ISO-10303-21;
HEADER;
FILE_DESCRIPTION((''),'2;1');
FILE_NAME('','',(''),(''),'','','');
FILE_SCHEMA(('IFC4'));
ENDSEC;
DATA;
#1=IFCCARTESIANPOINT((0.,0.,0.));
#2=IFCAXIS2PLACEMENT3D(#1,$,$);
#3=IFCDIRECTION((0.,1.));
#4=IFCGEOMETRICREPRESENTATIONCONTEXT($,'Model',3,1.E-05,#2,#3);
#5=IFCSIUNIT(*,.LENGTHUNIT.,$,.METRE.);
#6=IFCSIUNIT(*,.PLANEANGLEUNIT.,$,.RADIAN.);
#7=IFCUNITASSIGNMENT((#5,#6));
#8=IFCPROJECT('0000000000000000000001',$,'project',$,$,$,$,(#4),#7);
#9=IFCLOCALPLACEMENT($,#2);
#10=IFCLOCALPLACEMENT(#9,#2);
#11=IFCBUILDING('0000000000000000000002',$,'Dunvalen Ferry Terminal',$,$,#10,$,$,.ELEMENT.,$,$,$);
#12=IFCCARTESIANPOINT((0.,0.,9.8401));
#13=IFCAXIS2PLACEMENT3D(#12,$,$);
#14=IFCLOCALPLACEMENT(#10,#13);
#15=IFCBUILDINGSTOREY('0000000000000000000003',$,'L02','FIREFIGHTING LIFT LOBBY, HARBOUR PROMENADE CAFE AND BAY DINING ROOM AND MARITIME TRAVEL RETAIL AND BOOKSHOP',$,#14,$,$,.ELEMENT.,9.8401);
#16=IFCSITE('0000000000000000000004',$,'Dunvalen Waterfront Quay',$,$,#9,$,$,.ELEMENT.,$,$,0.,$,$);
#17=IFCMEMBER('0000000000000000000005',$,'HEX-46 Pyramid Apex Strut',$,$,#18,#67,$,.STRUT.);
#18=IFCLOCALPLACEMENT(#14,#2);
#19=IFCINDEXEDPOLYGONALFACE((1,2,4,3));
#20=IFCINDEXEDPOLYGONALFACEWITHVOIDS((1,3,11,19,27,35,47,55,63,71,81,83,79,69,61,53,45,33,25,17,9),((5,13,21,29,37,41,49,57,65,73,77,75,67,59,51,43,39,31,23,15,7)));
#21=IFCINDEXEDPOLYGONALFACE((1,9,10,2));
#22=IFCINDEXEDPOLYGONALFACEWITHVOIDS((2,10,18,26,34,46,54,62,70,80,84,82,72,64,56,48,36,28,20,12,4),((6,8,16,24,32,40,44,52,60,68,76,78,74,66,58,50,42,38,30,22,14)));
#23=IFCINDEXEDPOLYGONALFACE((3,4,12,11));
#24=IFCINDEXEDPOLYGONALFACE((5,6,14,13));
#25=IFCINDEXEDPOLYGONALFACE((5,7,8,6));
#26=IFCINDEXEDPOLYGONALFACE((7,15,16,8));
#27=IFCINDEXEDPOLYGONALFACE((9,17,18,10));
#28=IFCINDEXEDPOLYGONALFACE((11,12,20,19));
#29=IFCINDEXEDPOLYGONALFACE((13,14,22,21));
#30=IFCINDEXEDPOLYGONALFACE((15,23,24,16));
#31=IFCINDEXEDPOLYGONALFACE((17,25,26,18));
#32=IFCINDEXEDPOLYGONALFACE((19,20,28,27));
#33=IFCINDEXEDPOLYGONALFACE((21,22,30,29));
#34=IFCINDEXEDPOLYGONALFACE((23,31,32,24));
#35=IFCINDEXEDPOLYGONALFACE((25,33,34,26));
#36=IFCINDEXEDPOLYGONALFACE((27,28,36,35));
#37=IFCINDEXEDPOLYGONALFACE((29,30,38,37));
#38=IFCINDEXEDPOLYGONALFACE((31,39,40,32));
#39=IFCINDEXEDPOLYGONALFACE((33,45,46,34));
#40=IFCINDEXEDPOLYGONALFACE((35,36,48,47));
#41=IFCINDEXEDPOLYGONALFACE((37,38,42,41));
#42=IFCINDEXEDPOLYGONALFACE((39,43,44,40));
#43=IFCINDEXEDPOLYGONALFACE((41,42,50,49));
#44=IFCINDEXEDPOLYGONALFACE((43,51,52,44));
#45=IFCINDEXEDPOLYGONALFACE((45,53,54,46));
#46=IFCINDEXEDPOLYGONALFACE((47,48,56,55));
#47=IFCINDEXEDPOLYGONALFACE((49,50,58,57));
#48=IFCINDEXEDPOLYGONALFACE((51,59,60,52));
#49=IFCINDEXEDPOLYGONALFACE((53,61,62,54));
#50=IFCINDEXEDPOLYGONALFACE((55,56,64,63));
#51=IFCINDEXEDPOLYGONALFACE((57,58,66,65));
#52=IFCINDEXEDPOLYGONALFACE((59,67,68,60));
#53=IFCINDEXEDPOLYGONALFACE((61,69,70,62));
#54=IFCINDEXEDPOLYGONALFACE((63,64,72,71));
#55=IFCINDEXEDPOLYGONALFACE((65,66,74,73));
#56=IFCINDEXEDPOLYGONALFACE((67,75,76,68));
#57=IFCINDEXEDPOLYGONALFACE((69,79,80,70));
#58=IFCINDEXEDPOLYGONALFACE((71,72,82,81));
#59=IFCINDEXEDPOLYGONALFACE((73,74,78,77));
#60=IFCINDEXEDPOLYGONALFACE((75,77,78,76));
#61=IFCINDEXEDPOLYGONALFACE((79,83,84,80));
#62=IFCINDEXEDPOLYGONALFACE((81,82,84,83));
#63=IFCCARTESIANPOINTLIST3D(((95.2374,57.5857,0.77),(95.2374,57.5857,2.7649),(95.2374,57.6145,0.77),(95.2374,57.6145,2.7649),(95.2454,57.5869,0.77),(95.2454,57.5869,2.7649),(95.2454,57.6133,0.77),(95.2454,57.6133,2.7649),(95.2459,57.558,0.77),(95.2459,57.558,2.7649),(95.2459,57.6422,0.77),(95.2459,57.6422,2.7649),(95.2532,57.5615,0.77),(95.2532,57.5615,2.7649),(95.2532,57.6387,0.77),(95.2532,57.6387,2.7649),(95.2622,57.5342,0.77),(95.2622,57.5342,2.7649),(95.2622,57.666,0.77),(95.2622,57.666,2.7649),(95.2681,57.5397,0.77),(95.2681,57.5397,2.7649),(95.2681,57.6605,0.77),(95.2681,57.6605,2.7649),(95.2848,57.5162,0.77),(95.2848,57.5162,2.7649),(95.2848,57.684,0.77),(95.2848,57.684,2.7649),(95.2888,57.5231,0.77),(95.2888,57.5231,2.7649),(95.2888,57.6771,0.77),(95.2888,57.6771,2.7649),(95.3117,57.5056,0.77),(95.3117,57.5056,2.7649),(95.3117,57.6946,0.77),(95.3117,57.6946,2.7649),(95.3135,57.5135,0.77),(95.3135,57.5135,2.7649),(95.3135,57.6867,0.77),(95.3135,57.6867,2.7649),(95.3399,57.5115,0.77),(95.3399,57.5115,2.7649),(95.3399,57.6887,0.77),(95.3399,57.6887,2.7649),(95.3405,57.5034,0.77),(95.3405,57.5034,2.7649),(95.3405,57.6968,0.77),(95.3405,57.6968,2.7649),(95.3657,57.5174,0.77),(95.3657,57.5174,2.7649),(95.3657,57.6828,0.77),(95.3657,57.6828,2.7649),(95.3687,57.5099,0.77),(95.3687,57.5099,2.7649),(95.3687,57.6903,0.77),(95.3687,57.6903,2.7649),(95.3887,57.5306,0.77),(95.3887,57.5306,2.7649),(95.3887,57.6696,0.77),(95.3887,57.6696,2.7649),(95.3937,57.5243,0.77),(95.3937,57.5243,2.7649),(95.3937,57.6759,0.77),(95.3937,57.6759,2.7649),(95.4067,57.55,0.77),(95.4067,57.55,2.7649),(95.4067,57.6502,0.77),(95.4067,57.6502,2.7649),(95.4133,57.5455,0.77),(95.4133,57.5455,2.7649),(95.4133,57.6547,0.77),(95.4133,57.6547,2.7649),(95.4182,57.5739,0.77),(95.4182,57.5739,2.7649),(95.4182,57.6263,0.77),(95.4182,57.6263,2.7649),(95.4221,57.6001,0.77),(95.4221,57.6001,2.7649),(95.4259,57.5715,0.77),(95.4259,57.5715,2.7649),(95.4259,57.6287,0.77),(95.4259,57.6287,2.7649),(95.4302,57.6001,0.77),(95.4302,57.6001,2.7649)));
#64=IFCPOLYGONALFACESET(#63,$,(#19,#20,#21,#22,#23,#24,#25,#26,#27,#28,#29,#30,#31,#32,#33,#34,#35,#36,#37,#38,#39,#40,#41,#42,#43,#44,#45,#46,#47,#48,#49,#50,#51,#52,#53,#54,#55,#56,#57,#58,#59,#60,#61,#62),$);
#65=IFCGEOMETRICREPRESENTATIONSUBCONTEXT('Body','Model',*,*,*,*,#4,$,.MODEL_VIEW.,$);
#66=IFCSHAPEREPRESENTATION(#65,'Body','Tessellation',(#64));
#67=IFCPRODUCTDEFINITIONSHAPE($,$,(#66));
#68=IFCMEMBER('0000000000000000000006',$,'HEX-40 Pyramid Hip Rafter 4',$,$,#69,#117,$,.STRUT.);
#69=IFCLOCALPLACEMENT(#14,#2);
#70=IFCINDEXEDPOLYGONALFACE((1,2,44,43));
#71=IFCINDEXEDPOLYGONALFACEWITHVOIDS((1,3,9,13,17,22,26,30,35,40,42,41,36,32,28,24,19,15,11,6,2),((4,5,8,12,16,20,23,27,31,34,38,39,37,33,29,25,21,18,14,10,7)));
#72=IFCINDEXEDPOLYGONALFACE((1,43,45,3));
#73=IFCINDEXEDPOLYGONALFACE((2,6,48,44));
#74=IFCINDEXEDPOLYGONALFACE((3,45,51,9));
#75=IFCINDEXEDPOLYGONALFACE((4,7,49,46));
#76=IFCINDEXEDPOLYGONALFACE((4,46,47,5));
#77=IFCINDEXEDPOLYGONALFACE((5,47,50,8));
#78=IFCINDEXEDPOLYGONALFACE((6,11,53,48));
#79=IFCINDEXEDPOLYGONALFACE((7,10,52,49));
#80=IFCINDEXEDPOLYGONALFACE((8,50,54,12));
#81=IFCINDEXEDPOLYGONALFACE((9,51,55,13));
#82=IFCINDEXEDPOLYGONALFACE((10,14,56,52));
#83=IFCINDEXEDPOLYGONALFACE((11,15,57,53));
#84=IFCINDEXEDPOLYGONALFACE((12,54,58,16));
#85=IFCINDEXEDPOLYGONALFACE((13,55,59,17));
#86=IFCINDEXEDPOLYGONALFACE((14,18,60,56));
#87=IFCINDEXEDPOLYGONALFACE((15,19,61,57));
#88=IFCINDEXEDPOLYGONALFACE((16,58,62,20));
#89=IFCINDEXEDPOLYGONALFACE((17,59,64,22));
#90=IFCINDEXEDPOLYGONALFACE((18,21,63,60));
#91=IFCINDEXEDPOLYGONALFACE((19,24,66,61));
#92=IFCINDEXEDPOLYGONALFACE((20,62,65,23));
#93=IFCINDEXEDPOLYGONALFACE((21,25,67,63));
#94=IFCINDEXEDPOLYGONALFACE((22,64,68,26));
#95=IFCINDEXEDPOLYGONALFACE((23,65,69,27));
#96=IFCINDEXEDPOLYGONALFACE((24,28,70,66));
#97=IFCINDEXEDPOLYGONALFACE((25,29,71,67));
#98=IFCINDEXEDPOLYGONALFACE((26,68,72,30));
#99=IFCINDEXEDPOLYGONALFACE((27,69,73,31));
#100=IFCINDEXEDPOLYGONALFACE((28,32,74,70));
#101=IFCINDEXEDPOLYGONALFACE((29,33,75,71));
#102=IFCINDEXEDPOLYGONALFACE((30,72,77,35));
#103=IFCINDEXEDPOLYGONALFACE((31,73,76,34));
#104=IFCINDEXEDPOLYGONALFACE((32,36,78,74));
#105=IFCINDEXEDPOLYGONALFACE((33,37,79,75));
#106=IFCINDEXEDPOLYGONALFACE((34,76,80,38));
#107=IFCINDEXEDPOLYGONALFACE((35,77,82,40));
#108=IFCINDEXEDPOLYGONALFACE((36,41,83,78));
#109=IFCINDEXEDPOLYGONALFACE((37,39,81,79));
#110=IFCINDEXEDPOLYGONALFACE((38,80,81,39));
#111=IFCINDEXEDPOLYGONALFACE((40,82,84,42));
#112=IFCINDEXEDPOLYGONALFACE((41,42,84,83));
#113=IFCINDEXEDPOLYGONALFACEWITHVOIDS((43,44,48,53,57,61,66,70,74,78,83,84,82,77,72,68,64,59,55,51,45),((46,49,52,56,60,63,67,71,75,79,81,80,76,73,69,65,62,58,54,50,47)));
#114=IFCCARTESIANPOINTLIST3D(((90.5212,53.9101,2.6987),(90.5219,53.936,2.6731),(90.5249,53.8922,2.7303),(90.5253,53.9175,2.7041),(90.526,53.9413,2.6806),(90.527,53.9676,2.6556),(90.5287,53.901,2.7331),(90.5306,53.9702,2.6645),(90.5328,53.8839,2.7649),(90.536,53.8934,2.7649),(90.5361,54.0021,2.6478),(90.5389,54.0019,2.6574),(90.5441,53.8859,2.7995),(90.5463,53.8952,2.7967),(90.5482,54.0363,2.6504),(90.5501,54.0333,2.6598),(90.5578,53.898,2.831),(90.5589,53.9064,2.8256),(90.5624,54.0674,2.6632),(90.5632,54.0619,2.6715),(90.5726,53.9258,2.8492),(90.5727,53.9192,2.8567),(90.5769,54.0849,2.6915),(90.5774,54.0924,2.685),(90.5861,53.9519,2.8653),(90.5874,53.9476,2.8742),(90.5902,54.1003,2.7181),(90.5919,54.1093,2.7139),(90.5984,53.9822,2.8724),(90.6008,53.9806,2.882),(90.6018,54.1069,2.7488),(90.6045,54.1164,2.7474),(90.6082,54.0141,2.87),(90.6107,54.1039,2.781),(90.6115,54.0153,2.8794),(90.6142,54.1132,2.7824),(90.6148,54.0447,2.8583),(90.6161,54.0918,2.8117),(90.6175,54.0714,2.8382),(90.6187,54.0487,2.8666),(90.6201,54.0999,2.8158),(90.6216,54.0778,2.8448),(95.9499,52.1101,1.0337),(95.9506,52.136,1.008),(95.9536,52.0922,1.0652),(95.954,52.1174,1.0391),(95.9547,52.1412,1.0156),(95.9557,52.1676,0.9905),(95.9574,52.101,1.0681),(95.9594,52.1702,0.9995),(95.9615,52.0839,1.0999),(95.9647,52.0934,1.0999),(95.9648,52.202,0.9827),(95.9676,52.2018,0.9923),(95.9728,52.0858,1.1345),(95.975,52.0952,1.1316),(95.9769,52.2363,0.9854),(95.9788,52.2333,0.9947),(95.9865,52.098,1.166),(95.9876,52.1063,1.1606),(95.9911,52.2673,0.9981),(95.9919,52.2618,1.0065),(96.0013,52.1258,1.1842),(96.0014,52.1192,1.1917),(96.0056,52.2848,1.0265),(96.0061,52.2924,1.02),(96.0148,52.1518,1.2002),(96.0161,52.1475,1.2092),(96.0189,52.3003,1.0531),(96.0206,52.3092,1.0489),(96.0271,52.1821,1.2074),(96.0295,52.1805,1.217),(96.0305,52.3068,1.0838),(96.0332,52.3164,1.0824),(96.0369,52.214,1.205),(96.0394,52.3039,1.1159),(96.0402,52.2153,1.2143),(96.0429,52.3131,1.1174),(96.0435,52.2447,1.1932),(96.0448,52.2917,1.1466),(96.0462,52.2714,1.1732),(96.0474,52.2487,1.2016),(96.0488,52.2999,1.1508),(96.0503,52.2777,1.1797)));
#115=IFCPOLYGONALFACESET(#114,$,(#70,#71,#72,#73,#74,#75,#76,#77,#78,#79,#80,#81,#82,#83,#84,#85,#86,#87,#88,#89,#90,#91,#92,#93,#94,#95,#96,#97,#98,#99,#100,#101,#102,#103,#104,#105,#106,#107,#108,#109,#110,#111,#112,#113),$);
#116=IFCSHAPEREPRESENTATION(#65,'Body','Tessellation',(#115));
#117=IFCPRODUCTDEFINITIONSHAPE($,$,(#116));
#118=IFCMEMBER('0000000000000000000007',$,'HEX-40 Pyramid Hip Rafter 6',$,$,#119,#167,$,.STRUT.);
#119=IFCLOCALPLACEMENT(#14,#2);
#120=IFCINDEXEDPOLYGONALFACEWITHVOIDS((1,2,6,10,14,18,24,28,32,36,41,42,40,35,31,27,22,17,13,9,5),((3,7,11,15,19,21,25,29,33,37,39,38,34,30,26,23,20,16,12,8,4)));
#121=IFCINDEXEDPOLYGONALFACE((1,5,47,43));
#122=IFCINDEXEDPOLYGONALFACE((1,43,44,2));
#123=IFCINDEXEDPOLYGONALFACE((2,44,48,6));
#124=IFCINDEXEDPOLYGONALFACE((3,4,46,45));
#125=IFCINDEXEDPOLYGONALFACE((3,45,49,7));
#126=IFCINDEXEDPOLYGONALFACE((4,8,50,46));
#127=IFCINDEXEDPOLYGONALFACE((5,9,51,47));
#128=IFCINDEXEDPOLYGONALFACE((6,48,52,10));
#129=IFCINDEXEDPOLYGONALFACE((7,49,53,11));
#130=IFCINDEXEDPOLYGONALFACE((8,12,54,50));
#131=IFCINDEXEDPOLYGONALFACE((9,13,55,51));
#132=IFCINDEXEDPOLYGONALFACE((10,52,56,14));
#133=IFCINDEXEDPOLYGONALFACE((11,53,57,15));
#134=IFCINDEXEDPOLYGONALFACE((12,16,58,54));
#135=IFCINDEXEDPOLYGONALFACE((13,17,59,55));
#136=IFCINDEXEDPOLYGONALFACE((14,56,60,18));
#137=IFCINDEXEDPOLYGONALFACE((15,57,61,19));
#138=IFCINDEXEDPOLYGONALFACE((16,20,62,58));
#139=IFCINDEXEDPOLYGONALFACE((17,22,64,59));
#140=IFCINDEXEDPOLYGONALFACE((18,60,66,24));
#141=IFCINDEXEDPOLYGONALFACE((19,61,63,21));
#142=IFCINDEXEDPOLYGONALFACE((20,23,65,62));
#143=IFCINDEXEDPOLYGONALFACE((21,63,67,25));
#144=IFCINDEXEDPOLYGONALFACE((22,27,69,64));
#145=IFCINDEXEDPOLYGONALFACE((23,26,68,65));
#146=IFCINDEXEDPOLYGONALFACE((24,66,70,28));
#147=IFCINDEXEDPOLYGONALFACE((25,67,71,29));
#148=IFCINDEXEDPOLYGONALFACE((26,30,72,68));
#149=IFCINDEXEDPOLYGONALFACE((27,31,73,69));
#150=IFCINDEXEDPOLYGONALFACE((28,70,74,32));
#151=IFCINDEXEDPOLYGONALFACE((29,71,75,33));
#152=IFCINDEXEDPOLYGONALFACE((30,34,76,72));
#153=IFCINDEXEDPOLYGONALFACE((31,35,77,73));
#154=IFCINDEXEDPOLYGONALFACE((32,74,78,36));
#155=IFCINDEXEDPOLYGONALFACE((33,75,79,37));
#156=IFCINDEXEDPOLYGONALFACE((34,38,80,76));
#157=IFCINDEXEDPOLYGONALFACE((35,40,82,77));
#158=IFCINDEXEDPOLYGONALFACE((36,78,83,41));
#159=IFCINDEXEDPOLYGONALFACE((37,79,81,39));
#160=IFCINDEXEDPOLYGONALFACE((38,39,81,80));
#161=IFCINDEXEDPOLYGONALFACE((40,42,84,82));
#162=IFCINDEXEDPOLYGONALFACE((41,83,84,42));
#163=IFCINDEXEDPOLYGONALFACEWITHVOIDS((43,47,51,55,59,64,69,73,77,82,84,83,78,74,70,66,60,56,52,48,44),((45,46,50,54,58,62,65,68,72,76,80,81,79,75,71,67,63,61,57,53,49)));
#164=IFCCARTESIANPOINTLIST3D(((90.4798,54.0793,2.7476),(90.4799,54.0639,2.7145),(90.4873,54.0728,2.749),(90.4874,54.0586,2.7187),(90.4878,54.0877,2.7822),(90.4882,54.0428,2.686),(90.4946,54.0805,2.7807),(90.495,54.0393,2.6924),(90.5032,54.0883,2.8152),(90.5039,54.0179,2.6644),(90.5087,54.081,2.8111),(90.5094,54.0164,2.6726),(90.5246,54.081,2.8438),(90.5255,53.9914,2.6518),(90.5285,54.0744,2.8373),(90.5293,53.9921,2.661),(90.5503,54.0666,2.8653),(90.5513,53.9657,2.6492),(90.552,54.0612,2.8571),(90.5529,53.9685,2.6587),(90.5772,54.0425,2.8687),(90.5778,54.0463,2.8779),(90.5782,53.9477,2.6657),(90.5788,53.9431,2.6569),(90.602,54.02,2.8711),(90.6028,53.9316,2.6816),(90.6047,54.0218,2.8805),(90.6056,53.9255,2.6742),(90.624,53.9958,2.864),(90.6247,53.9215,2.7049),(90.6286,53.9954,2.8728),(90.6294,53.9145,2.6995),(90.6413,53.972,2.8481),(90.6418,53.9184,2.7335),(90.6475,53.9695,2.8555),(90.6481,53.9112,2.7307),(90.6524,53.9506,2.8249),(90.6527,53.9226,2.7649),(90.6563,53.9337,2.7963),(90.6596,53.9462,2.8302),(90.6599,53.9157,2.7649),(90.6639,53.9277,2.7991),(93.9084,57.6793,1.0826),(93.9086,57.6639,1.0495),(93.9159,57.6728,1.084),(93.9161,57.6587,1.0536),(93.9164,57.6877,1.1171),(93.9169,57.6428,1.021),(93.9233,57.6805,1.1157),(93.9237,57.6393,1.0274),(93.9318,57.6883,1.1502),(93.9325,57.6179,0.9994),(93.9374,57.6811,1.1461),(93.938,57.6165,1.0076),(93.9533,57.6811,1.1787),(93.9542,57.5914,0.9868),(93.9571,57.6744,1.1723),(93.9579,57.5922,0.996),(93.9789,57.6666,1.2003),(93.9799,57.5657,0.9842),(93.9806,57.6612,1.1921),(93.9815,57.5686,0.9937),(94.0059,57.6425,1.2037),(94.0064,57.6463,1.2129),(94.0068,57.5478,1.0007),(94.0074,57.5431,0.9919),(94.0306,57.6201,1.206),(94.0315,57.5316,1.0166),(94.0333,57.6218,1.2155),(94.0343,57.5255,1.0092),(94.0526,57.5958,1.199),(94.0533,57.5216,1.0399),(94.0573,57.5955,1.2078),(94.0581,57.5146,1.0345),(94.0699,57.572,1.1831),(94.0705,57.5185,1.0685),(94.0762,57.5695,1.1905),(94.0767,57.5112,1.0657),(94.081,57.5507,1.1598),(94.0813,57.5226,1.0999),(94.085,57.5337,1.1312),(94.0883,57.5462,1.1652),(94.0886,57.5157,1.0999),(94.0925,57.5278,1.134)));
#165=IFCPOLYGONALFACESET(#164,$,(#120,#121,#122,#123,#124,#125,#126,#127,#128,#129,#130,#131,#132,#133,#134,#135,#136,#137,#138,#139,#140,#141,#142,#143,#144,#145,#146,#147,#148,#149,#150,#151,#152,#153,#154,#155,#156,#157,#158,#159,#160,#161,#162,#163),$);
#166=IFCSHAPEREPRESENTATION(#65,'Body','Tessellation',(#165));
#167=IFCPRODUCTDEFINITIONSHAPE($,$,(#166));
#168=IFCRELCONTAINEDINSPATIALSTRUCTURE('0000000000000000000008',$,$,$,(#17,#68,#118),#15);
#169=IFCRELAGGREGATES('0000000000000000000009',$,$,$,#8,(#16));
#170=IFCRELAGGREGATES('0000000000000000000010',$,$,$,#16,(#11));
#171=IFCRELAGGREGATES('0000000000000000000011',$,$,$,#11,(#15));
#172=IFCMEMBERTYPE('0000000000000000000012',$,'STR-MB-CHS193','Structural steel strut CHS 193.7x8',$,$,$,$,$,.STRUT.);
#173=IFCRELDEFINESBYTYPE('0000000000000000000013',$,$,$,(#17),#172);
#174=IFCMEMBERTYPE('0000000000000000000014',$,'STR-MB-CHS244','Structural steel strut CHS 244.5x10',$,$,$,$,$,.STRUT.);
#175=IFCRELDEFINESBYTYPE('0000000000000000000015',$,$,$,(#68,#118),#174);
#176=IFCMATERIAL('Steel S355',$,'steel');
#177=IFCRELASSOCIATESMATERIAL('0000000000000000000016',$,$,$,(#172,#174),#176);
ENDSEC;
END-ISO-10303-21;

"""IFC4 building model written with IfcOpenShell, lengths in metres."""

from ifc_helpers import new_model, si_unit, direction, frame, origin, origin_2d, place, context, subcontext, project, spatial, hollow_circle, extrude, material, material_profile, profile_set, type_object, element, save


model = new_model("IFC4")

# Units and contexts
model_context = context("Model", 3, precision=1e-05, world=origin(), true_north=direction((0.0, 1.0)))
body_context = subcontext(model_context, "Body", "Model", "MODEL_VIEW")
ifc_project = project(units=[si_unit("LENGTHUNIT", "METRE"), si_unit("PLANEANGLEUNIT", "RADIAN")], contexts=[model_context])

# Site, building, storey
site_placement = place(None, origin())
site = spatial("IfcSite", under=ifc_project, at=site_placement, Name="Dunvalen Waterfront Quay", CompositionType="ELEMENT", RefElevation=0.0)
building_placement = place(site_placement, origin())
building = spatial("IfcBuilding", under=site, at=building_placement, Name="Dunvalen Ferry Terminal", CompositionType="ELEMENT")
storey_placement = place(building_placement, frame((0.0, 0.0, 9.8401)))
storey = spatial("IfcBuildingStorey", under=building, at=storey_placement, Name="L02", Description="FIREFIGHTING LIFT LOBBY, HARBOUR PROMENADE CAFE AND BAY DINING ROOM AND MARITIME TRAVEL RETAIL AND BOOKSHOP", CompositionType="ELEMENT", Elevation=9.8401)

# Shared definitions
ifc_material_1 = material(Name="Steel S355", Category="steel")

# Members
ifc_material_profile_1 = material_profile(ifc_material_1, hollow_circle(Radius=0.0969, WallThickness=0.0081, at=origin_2d()), Name="Steel S355")
ifc_profile_set_1 = profile_set([ifc_material_profile_1], Name="Steel S355")
member_type_1 = type_object("IfcMemberType", Name="STR-MB-CHS193", Description="Structural steel strut CHS 193.7x8", PredefinedType="STRUT", material=ifc_profile_set_1)
for number, where, z_axis, x_axis, name in (
    (1, (95.3333, 57.6001, 0.77), (0.0, 0.0, 1.0), (1.0, 0.0, 0.0), "HEX-46 Pyramid Apex Strut"),
):
    element("IfcMember", number, at=place(storey_placement, frame(where, z_axis=z_axis, x_axis=x_axis)), inside=storey, type_object=member_type_1, Name=name, PredefinedType="STRUT", context=body_context, shape_type="SweptSolid", body=[
        extrude(hollow_circle(Radius=0.0969, WallThickness=0.0081, at=origin_2d()), origin(), (0.0, 0.0, 1.0), 1.9949),
    ])
ifc_material_profile_2 = material_profile(ifc_material_1, hollow_circle(Radius=0.1223, WallThickness=0.01, at=origin_2d()), Name="Steel S355")
ifc_profile_set_2 = profile_set([ifc_material_profile_2], Name="Steel S355")
member_type_2 = type_object("IfcMemberType", Name="STR-MB-CHS244", Description="Structural steel strut CHS 244.5x10", PredefinedType="STRUT", material=ifc_profile_set_2)
member_1_placement = place(storey_placement, frame((96.0, 52.2, 1.0999), z_axis=(-0.911347, 0.302184, 0.279519), x_axis=(-0.314729, -0.949182, 0.0)))
element("IfcMember", 2, at=member_1_placement, inside=storey, type_object=member_type_2, Name="HEX-40 Pyramid Hip Rafter 4", PredefinedType="STRUT", context=body_context, shape_type="SweptSolid", body=[
    extrude(hollow_circle(Radius=0.1223, WallThickness=0.01, at=origin_2d()), origin(), (0.0, 0.0, 1.0), 5.9568),
])
for number, where, z_axis, x_axis, name in (
    (3, (94.0, 57.6001, 1.0999), (-0.653959, -0.686648, 0.317573), (0.724133, -0.68966, 0.0), "HEX-40 Pyramid Hip Rafter 6"),
):
    element("IfcMember", number, at=place(storey_placement, frame(where, z_axis=z_axis, x_axis=x_axis)), inside=storey, type_object=member_type_2, Name=name, PredefinedType="STRUT", context=body_context, shape_type="SweptSolid", body=[
        extrude(hollow_circle(Radius=0.1223, WallThickness=0.01, at=origin_2d()), origin(), (0.0, 0.0, 1.0), 5.2429),
    ])

save(model, "model.ifc")
